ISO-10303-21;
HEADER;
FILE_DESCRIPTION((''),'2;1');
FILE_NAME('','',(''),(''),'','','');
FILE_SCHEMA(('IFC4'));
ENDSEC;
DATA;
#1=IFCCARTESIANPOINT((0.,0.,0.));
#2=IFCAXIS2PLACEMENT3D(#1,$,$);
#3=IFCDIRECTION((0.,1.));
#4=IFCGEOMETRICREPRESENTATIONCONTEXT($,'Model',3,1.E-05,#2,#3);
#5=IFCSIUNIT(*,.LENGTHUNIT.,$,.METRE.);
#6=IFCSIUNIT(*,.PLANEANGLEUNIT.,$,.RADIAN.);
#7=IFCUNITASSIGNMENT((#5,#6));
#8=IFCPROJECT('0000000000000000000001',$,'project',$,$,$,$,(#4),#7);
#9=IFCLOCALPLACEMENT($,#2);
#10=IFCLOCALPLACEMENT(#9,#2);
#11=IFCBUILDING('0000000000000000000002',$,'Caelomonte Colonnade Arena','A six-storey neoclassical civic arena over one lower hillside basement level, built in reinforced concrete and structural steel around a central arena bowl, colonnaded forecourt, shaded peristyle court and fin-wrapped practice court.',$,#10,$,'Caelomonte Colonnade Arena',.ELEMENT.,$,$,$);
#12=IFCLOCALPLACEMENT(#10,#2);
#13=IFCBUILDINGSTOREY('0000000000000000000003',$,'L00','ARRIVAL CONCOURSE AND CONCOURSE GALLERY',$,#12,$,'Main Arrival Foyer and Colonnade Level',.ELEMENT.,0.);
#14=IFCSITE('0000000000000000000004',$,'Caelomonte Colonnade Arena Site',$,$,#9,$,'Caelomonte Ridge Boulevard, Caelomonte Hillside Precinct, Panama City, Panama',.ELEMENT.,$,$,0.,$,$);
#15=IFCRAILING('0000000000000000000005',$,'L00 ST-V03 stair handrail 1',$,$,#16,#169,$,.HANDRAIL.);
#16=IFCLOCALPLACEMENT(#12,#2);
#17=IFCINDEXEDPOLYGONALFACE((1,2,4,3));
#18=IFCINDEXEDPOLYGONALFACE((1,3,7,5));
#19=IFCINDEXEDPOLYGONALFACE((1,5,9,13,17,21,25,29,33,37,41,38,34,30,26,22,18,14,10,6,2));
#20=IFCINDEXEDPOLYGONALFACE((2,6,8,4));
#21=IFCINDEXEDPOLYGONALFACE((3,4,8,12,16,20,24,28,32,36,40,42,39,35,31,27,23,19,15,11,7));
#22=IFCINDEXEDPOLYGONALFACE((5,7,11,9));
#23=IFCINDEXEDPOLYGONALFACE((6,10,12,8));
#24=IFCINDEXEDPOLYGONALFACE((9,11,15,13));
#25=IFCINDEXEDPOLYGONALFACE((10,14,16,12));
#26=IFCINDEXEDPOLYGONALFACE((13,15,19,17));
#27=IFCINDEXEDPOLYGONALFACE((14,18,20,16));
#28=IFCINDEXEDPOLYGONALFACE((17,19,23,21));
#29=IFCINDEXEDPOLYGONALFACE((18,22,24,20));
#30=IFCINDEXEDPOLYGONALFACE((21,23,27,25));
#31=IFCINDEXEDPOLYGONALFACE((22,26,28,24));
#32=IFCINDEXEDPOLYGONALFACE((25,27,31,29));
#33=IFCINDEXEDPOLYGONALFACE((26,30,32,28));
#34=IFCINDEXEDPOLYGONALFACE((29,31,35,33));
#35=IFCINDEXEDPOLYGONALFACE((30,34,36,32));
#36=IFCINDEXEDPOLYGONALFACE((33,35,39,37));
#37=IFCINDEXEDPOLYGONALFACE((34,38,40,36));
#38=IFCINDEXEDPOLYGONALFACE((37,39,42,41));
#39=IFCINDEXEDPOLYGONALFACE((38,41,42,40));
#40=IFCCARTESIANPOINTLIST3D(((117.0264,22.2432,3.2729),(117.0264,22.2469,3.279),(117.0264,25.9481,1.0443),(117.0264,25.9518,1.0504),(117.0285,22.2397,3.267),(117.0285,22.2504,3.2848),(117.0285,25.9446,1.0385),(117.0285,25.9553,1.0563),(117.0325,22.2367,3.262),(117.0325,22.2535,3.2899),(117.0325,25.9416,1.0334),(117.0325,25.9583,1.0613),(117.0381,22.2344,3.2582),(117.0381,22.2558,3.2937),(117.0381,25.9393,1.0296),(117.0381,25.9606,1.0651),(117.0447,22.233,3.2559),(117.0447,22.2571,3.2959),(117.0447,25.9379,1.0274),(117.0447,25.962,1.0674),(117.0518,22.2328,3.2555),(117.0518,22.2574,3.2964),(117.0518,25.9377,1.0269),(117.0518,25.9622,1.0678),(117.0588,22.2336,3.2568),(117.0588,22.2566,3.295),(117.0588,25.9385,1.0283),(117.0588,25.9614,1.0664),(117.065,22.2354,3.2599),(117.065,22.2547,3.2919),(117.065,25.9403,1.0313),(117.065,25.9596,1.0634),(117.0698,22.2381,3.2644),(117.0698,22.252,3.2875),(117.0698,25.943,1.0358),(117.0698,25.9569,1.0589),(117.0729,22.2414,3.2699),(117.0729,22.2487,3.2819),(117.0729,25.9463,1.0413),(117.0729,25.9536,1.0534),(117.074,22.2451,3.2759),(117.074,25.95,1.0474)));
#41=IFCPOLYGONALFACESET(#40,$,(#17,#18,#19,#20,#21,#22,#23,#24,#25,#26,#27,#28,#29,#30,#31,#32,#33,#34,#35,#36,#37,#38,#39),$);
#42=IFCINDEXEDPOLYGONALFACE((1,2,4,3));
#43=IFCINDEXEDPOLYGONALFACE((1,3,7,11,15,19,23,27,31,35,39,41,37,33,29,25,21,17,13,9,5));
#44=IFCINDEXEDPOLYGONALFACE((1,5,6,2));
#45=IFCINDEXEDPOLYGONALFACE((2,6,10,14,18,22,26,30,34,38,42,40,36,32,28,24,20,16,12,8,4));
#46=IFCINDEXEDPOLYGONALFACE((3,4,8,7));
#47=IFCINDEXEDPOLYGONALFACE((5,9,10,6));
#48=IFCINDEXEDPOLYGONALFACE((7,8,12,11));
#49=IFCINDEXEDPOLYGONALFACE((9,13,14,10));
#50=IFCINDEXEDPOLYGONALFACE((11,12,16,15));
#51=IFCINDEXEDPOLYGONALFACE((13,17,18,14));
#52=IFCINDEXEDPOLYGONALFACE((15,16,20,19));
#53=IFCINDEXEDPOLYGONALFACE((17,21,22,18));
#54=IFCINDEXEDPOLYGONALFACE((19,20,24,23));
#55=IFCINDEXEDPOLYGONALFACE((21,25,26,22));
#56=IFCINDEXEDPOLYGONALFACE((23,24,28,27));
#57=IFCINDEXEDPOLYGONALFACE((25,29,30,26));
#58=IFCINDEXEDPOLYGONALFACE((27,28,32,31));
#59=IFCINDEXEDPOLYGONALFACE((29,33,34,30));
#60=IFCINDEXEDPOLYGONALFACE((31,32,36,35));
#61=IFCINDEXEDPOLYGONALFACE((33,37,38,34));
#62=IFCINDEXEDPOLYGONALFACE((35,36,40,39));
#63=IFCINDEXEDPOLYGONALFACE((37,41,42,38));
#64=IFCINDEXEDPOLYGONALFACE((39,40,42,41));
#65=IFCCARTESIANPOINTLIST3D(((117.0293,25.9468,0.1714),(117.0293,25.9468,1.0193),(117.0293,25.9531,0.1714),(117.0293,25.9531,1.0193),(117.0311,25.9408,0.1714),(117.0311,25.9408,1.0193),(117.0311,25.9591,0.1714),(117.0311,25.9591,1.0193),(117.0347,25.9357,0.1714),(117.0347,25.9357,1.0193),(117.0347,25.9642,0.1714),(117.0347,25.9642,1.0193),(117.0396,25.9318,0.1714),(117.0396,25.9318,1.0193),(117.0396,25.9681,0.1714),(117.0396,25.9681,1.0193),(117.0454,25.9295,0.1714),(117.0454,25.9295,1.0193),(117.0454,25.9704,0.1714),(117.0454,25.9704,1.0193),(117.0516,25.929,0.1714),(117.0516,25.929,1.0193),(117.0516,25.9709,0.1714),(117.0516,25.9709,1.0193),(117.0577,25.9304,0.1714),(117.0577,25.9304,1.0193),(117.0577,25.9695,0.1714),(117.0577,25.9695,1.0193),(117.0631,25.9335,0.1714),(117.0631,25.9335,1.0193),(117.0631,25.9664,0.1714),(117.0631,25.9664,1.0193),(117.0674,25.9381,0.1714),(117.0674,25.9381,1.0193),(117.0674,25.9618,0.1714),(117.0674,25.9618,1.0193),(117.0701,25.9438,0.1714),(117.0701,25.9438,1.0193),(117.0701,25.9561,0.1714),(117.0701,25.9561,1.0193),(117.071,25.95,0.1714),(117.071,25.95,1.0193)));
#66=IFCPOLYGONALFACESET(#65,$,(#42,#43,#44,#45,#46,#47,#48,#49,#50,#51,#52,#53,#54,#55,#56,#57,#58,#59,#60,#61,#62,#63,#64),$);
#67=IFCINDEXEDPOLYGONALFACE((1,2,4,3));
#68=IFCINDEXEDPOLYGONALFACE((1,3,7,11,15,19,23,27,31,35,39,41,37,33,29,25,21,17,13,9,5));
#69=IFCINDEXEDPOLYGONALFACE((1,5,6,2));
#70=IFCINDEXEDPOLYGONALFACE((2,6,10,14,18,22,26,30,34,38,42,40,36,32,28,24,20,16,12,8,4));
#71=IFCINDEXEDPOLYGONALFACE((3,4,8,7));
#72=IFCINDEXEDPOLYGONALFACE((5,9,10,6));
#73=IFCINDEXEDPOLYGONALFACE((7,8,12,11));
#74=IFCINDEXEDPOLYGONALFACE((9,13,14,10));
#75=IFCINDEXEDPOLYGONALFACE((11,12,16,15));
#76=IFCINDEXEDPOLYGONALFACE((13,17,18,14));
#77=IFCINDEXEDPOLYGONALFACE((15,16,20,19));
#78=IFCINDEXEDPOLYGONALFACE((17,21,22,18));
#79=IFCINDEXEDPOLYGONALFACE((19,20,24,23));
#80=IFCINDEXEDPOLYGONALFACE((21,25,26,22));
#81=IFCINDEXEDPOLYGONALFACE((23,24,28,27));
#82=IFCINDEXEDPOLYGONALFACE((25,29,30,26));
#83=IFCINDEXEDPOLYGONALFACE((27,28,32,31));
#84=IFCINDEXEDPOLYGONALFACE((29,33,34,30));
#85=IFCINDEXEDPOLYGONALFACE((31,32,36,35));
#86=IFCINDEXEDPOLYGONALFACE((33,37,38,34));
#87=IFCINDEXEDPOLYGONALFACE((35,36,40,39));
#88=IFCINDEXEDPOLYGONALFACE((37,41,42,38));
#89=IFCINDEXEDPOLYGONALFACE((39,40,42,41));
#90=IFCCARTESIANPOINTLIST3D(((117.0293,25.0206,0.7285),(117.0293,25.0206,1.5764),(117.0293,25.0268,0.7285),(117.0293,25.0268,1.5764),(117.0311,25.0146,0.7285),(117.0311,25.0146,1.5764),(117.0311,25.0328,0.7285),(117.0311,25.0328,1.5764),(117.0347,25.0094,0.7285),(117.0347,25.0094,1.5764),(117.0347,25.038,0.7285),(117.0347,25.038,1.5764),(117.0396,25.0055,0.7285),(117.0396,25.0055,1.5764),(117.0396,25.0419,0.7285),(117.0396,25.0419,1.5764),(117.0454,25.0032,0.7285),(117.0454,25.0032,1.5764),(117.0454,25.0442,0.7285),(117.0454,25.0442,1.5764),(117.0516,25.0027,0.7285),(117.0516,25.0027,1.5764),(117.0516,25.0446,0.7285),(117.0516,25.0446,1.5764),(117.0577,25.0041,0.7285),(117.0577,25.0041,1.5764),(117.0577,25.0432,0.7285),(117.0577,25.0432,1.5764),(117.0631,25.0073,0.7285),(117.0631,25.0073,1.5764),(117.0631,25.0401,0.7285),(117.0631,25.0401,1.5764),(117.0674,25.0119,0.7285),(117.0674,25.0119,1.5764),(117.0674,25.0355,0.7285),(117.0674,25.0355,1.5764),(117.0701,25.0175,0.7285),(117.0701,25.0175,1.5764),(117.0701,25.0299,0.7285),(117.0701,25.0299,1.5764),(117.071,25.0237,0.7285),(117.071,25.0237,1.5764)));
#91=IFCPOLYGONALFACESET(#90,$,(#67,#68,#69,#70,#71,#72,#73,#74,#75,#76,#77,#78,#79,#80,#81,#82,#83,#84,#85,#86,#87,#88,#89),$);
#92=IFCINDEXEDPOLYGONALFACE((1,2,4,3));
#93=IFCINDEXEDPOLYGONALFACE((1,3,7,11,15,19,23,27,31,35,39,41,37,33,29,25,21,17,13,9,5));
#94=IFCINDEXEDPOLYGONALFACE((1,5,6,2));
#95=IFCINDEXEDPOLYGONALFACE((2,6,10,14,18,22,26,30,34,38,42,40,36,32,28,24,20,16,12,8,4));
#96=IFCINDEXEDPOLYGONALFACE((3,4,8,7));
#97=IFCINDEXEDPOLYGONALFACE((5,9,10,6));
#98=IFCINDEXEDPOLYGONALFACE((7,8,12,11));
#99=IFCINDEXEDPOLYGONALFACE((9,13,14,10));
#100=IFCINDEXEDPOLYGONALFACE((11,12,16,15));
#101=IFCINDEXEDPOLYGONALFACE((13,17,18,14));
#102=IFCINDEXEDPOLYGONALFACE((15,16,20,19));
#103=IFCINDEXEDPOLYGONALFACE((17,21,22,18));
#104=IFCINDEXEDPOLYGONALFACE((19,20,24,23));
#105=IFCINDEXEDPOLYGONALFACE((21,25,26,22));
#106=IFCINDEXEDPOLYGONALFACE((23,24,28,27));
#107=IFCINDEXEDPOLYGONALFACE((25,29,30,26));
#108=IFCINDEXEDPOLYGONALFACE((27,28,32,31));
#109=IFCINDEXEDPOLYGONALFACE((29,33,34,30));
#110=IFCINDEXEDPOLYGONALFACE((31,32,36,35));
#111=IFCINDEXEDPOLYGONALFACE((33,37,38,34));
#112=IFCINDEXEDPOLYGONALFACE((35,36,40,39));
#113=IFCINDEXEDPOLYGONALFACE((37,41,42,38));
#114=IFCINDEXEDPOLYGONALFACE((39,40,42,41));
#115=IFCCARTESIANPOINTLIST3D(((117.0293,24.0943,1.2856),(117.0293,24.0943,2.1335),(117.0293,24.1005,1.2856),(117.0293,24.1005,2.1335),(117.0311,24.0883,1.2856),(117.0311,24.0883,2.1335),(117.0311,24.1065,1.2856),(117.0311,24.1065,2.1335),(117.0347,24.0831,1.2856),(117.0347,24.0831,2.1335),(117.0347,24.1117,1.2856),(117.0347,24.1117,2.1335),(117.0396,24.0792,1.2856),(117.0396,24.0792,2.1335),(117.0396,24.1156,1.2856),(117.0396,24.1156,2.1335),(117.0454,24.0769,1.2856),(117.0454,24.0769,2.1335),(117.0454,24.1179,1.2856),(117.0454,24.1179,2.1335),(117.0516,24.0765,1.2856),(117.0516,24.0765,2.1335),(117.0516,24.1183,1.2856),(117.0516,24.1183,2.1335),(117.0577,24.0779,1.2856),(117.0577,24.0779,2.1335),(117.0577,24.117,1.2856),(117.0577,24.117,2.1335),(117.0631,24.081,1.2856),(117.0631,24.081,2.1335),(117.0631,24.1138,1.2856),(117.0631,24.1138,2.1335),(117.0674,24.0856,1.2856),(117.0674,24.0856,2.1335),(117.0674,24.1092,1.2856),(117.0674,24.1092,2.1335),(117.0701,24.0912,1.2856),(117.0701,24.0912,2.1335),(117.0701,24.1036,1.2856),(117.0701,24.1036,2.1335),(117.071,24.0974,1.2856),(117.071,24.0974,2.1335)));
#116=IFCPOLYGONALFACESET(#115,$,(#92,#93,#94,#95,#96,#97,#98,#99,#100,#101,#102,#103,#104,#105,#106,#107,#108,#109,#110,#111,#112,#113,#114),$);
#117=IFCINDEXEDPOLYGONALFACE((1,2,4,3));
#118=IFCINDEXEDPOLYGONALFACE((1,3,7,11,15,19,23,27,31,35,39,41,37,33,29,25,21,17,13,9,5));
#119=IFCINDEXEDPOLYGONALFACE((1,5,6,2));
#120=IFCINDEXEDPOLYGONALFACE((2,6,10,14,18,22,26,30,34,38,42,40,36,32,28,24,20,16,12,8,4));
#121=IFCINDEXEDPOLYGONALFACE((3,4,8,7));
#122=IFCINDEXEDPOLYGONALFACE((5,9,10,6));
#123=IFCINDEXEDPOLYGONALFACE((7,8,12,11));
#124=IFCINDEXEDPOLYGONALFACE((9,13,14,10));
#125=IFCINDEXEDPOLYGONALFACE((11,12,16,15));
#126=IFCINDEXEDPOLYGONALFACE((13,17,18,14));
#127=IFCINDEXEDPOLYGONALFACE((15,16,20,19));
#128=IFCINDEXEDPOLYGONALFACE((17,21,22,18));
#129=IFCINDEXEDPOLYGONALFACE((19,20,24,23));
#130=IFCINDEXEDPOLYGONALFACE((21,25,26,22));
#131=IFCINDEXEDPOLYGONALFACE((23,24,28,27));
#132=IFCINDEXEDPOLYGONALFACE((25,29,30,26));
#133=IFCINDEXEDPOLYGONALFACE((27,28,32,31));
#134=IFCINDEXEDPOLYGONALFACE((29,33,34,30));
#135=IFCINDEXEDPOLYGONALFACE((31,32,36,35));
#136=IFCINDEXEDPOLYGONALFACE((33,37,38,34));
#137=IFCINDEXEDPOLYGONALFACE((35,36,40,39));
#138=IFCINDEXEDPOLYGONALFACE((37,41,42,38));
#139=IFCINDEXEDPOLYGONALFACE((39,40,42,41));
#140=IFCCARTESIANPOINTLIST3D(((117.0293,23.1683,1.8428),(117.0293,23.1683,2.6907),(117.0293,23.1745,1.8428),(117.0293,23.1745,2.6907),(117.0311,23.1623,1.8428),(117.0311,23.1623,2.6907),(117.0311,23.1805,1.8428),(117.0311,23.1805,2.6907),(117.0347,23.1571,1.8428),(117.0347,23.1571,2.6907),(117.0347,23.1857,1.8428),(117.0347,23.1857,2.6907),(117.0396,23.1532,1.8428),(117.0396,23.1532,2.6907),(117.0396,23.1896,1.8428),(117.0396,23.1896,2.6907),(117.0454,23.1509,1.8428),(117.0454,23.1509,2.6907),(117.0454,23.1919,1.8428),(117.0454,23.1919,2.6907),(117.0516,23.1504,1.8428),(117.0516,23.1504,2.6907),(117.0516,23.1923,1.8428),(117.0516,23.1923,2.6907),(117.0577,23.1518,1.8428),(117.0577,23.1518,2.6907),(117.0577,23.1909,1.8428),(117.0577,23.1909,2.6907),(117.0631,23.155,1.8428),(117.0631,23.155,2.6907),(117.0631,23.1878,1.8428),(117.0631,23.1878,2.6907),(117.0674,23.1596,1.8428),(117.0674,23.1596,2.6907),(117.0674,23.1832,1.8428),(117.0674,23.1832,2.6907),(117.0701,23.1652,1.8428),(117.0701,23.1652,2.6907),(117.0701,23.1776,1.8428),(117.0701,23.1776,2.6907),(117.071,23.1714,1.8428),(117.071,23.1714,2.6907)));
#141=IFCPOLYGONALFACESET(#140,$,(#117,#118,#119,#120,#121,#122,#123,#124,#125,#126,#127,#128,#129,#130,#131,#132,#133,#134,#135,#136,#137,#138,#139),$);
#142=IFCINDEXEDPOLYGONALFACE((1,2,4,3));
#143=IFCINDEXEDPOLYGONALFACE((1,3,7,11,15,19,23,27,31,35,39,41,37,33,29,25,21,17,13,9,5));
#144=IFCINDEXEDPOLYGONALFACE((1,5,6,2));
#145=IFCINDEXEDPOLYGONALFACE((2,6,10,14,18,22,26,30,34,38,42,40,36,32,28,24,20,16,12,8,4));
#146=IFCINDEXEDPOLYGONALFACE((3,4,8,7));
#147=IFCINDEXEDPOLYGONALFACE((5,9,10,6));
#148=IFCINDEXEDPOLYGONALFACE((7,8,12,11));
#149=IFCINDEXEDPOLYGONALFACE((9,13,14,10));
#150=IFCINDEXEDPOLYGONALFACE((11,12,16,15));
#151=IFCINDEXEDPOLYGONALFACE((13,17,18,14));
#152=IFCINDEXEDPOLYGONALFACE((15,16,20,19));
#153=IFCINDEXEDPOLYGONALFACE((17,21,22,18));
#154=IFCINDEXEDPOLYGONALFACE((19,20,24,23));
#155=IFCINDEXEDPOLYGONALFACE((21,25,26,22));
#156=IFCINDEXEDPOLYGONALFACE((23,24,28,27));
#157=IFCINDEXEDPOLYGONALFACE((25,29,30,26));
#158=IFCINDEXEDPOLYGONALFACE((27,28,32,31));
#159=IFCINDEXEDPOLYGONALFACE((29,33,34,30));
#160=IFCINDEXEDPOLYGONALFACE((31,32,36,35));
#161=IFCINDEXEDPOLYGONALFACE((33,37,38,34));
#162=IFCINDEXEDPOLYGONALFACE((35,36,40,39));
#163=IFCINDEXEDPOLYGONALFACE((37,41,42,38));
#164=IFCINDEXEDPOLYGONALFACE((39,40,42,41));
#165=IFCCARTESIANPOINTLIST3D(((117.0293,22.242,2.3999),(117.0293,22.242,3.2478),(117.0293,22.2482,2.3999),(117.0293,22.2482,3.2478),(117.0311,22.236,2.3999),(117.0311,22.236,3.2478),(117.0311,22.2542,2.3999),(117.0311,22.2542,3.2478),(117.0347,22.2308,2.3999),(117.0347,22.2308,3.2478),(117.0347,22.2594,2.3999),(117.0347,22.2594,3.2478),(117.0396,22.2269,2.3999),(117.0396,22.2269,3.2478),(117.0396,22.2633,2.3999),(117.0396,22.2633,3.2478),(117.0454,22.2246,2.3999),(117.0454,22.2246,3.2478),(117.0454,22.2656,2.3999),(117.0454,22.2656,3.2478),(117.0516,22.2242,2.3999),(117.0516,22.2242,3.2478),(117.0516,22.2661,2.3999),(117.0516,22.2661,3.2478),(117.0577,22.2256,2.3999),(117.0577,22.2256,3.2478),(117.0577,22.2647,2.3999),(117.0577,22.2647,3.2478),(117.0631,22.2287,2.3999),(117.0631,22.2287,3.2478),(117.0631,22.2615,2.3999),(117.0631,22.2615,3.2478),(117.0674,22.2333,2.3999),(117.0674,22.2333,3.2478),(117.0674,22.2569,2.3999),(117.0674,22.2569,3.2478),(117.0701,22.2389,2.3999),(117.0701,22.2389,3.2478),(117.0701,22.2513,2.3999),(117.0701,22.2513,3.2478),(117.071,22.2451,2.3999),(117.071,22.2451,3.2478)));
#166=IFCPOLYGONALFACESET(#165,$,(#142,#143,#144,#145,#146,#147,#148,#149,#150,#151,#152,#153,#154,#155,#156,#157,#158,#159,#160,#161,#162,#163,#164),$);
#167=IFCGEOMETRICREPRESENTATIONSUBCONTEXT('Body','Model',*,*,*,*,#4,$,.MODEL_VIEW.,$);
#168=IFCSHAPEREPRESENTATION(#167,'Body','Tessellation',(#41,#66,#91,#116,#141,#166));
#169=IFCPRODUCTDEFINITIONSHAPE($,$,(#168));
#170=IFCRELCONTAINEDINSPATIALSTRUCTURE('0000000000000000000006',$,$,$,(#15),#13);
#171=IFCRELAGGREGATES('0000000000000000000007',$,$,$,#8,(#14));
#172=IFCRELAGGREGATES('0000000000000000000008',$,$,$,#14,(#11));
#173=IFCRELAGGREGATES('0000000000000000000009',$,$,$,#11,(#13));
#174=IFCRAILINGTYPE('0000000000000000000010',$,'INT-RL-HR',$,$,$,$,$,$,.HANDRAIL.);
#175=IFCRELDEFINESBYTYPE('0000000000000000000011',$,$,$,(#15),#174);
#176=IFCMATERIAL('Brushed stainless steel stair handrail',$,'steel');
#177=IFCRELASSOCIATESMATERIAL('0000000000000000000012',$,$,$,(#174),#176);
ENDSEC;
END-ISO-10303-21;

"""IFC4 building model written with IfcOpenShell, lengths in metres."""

from ifc_helpers import new_model, si_unit, direction, frame, origin, origin_2d, place, context, subcontext, project, spatial, circle, extrude, material, type_object, element, save


model = new_model("IFC4")

# Units and contexts
model_context = context("Model", 3, precision=1e-05, world=origin(), true_north=direction((0.0, 1.0)))
body_context = subcontext(model_context, "Body", "Model", "MODEL_VIEW")
ifc_project = project(units=[si_unit("LENGTHUNIT", "METRE"), si_unit("PLANEANGLEUNIT", "RADIAN")], contexts=[model_context])

# Site, building, storey
site_placement = place(None, origin())
site = spatial("IfcSite", under=ifc_project, at=site_placement, Name="Caelomonte Colonnade Arena Site", LongName="Caelomonte Ridge Boulevard, Caelomonte Hillside Precinct, Panama City, Panama", CompositionType="ELEMENT", RefElevation=0.0)
building_placement = place(site_placement, origin())
building = spatial("IfcBuilding", under=site, at=building_placement, Name="Caelomonte Colonnade Arena", Description="A six-storey neoclassical civic arena over one lower hillside basement level, built in reinforced concrete and structural steel around a central arena bowl, colonnaded forecourt, shaded peristyle court and fin-wrapped practice court.", LongName="Caelomonte Colonnade Arena", CompositionType="ELEMENT")
storey_placement = place(building_placement, origin())
storey = spatial("IfcBuildingStorey", under=building, at=storey_placement, Name="L00", Description="ARRIVAL CONCOURSE AND CONCOURSE GALLERY", LongName="Main Arrival Foyer and Colonnade Level", CompositionType="ELEMENT", Elevation=0.0)

# Railing
ifc_material_1 = material(Name="Brushed stainless steel stair handrail", Category="steel")
railing_type_1 = type_object("IfcRailingType", Name="INT-RL-HR", PredefinedType="HANDRAIL", material=ifc_material_1)
for number, where, name in (
    (1, (117.05, 25.95, 0.1714), "L00 ST-V03 stair handrail 1"),
):
    element("IfcRailing", number, at=place(storey_placement, frame(where)), inside=storey, type_object=railing_type_1, Name=name, PredefinedType="HANDRAIL", context=body_context, shape_type="SweptSolid", body=[
        extrude(circle(Radius=0.0239, at=origin_2d()), frame((0.0, 0.0, 0.876), z_axis=(0.0, -0.856919, 0.51545), x_axis=(1.0, 0.0, 0.0)), (0.0, 0.0, 1.0), 4.3235),
        extrude(circle(Radius=0.021, at=origin_2d()), origin(), (0.0, 0.0, 1.0), 0.8479),
        extrude(circle(Radius=0.021, at=origin_2d()), frame((0.0, -0.9263, 0.5571)), (0.0, 0.0, 1.0), 0.8479),
        extrude(circle(Radius=0.021, at=origin_2d()), frame((0.0, -1.8525, 1.1143)), (0.0, 0.0, 1.0), 0.8479),
        extrude(circle(Radius=0.021, at=origin_2d()), frame((0.0, -2.7786, 1.6714)), (0.0, 0.0, 1.0), 0.8479),
        extrude(circle(Radius=0.021, at=origin_2d()), frame((0.0, -3.7048, 2.2285)), (0.0, 0.0, 1.0), 0.8479),
    ])

save(model, "model.ifc")
